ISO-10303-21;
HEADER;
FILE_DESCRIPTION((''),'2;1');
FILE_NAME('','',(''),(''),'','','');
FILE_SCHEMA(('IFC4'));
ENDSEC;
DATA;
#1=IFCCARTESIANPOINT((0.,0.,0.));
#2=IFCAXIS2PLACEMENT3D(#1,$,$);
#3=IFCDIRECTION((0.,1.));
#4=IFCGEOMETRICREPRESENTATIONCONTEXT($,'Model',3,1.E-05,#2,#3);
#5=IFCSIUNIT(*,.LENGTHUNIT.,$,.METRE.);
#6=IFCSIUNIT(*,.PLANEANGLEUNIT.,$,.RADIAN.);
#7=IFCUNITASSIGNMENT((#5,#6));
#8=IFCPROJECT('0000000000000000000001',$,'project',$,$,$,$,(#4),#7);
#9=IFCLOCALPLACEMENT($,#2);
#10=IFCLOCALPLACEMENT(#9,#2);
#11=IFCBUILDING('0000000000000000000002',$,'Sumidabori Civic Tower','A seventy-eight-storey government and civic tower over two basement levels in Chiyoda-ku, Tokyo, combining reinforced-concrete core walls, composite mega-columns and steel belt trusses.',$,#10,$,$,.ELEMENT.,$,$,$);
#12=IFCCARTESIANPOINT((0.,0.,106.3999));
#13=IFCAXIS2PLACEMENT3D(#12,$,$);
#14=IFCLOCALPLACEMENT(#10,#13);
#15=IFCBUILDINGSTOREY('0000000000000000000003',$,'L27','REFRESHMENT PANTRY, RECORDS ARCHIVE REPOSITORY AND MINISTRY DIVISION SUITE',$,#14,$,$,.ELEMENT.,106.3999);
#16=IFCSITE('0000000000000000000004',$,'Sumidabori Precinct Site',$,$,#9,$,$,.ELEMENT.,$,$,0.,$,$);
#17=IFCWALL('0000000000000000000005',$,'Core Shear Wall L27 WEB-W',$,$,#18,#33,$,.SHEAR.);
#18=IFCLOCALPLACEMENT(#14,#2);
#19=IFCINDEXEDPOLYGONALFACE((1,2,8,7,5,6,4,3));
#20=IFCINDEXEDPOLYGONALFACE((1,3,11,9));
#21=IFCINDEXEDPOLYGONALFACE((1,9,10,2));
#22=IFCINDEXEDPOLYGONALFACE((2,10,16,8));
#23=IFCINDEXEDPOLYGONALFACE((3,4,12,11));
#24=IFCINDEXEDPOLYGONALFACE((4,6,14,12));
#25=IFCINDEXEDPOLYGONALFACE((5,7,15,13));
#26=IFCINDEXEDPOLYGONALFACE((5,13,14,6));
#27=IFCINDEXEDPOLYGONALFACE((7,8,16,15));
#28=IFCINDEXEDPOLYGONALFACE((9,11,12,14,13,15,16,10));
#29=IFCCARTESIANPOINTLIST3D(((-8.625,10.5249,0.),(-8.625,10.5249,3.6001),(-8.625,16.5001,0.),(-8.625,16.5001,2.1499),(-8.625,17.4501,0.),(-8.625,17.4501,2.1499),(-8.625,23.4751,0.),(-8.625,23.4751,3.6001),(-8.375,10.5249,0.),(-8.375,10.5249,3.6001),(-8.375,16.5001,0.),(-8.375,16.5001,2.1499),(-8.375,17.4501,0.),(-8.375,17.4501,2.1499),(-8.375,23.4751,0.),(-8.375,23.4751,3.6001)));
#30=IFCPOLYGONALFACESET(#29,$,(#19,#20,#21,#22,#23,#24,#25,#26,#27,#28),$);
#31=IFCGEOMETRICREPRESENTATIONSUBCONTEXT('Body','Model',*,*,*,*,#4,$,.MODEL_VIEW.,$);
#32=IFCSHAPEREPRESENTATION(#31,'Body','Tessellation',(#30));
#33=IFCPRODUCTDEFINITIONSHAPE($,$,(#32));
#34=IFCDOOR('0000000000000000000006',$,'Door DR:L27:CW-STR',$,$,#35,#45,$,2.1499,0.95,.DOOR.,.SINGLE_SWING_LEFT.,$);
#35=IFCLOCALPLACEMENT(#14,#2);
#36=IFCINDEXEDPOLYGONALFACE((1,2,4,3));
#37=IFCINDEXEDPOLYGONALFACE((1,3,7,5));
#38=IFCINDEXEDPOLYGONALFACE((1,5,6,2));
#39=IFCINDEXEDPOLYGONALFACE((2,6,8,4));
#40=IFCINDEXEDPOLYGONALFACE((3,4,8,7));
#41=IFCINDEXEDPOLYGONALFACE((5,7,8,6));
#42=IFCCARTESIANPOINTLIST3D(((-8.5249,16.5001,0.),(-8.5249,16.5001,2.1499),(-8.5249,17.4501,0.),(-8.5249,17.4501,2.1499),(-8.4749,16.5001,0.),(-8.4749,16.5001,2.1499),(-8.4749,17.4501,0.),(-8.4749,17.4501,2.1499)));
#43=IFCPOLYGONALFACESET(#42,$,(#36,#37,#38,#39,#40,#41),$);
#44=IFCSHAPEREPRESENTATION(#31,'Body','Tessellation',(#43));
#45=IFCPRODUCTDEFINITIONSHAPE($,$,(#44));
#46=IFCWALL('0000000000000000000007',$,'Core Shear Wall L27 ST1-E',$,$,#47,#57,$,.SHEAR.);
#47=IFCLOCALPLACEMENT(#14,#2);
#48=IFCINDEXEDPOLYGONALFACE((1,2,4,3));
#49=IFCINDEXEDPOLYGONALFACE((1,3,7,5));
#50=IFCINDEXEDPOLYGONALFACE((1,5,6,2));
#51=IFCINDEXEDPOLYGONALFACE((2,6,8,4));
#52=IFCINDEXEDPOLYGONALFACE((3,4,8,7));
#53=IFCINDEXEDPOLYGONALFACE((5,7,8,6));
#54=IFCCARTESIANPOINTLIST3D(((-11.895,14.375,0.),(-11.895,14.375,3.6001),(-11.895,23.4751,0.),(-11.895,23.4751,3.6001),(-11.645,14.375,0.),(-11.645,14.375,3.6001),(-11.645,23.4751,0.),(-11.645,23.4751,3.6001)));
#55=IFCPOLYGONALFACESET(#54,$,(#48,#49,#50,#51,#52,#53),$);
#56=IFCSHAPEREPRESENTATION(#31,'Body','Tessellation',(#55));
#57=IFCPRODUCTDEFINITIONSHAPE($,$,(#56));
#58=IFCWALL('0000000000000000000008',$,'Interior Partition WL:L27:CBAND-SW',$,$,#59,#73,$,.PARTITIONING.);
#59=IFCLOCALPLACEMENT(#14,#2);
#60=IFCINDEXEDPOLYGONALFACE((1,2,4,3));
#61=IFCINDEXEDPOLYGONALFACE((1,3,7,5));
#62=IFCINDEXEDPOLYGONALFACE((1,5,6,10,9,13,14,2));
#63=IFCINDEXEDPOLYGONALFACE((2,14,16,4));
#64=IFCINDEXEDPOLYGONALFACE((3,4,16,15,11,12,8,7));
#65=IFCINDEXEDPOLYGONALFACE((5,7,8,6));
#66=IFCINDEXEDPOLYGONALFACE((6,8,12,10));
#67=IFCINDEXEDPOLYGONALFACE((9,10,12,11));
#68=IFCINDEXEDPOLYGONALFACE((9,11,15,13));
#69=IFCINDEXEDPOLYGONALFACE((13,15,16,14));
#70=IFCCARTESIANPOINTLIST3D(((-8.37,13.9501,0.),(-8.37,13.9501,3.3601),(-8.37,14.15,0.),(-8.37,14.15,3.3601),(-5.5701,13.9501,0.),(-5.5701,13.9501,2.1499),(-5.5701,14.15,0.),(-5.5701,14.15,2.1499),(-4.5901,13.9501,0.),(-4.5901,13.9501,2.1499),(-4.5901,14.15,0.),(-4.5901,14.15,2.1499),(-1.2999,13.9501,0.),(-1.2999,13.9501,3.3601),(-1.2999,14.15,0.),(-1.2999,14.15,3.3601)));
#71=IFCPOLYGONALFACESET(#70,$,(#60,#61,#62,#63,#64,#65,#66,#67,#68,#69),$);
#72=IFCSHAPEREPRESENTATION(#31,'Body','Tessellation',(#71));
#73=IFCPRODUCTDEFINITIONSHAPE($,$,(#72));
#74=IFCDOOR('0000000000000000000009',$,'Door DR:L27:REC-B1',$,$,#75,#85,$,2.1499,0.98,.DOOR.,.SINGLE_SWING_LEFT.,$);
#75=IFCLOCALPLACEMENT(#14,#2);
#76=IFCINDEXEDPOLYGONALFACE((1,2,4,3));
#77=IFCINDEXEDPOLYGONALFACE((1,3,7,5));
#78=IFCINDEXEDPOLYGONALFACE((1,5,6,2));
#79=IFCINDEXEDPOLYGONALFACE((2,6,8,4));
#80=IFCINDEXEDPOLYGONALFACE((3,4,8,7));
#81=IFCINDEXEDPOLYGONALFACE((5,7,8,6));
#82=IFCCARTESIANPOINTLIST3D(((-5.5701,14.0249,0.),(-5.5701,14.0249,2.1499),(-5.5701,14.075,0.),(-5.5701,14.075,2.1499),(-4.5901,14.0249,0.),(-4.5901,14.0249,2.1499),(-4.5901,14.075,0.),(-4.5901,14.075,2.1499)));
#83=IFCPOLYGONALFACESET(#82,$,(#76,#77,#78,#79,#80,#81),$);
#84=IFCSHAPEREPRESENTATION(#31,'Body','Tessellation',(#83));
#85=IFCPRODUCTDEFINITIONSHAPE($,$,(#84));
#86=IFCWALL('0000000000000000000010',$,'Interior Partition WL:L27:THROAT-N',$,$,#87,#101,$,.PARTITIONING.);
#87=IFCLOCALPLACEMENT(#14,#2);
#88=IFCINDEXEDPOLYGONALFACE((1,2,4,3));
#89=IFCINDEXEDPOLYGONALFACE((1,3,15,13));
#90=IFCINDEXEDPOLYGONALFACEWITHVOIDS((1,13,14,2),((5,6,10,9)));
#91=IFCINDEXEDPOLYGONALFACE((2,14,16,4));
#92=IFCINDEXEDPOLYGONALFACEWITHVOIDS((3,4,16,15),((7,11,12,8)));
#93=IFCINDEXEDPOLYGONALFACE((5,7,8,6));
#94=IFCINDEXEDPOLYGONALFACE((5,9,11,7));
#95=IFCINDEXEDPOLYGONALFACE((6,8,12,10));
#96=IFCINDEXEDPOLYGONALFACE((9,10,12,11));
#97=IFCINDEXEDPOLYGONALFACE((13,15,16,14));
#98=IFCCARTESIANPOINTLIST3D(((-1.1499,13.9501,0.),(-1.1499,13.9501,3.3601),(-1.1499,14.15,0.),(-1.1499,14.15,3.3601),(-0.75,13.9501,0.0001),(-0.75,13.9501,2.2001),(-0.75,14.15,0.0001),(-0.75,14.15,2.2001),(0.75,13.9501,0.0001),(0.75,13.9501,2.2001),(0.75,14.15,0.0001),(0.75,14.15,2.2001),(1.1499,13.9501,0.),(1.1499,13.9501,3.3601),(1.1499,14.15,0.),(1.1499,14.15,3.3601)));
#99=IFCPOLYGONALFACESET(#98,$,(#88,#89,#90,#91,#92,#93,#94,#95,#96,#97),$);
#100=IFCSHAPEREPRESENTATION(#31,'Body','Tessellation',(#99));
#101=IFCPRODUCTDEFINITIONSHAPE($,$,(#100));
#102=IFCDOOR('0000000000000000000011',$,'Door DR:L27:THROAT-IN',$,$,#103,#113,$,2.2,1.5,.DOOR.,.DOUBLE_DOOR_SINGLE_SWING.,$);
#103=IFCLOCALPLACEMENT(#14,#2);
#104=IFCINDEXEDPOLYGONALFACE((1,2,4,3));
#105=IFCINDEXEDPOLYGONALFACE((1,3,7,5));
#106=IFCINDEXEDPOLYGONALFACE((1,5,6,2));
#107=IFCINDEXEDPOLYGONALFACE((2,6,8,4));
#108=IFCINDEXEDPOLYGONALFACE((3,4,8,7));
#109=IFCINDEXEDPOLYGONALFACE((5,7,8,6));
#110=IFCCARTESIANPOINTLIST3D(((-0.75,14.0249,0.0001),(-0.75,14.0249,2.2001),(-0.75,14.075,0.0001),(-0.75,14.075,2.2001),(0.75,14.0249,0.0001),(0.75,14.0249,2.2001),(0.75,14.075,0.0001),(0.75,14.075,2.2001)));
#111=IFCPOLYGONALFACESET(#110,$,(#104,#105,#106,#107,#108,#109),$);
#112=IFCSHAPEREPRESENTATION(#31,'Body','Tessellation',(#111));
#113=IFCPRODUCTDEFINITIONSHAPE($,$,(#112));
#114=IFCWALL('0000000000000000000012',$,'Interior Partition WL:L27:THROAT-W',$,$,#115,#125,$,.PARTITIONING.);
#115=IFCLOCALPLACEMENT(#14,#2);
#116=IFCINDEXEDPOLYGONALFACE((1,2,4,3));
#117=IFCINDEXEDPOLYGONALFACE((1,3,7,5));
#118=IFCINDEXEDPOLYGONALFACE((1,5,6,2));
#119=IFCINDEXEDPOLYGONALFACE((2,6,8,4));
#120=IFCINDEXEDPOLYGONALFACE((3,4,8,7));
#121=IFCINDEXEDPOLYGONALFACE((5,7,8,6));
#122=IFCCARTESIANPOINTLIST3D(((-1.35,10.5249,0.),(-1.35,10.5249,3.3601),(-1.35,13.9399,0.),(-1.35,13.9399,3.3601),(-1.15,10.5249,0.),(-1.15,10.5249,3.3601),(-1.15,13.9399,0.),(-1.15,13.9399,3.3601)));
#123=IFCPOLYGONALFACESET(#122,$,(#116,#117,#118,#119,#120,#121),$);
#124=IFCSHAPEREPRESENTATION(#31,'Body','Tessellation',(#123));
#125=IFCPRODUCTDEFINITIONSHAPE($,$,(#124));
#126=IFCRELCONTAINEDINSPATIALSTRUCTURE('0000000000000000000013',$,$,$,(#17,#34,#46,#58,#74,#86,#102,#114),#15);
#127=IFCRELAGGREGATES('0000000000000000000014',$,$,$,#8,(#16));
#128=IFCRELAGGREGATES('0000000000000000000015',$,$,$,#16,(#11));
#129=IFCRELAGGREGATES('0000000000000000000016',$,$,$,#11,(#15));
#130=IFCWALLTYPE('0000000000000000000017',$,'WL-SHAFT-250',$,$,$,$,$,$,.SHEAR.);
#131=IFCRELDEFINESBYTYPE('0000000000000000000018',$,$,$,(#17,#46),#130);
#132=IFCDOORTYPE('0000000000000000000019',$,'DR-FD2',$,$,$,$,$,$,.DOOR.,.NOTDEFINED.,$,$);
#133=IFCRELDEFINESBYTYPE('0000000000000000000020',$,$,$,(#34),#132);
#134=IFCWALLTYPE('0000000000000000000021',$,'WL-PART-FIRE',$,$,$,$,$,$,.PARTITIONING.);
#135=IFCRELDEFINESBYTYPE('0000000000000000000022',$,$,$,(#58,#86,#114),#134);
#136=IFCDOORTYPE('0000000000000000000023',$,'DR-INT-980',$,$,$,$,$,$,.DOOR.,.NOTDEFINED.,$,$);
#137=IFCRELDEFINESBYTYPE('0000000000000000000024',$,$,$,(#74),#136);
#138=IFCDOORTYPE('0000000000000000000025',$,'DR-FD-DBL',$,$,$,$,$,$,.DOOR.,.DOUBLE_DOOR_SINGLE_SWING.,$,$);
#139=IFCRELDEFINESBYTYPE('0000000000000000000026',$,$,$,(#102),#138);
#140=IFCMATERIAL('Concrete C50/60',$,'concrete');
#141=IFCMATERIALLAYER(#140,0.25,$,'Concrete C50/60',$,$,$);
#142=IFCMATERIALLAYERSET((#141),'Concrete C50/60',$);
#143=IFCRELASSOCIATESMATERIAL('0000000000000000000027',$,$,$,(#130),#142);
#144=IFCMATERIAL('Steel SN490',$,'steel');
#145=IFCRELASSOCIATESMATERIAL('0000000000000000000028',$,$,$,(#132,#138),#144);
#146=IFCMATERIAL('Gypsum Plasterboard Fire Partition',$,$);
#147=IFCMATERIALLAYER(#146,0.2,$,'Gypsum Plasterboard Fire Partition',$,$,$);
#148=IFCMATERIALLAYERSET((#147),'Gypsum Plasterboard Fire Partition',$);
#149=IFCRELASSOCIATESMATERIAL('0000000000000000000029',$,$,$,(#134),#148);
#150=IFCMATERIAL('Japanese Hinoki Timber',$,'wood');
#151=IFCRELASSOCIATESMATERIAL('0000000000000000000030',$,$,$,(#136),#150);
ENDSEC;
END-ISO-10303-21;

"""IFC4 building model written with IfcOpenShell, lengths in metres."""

from ifc_helpers import new_model, si_unit, direction, frame, frame_2d, origin, place, context, subcontext, project, spatial, rectangle, extrude, source, transform, mapped, material, layer, layer_set, type_object, element, fill, save


model = new_model("IFC4")

# Units and contexts
model_context = context("Model", 3, precision=1e-05, world=origin(), true_north=direction((0.0, 1.0)))
body_context = subcontext(model_context, "Body", "Model", "MODEL_VIEW")
ifc_project = project(units=[si_unit("LENGTHUNIT", "METRE"), si_unit("PLANEANGLEUNIT", "RADIAN")], contexts=[model_context])

# Site, building, storey
site_placement = place(None, origin())
site = spatial("IfcSite", under=ifc_project, at=site_placement, Name="Sumidabori Precinct Site", CompositionType="ELEMENT", RefElevation=0.0)
building_placement = place(site_placement, origin())
building = spatial("IfcBuilding", under=site, at=building_placement, Name="Sumidabori Civic Tower", Description="A seventy-eight-storey government and civic tower over two basement levels in Chiyoda-ku, Tokyo, combining reinforced-concrete core walls, composite mega-columns and steel belt trusses.", CompositionType="ELEMENT")
storey_placement = place(building_placement, frame((0.0, 0.0, 106.3999)))
storey = spatial("IfcBuildingStorey", under=building, at=storey_placement, Name="L27", Description="REFRESHMENT PANTRY, RECORDS ARCHIVE REPOSITORY AND MINISTRY DIVISION SUITE", CompositionType="ELEMENT", Elevation=106.3999)

# Shared definitions
ifc_material_1 = material(Name="Concrete C50/60", Category="concrete")

# Shared definitions
ifc_material_2 = material(Name="Steel SN490", Category="steel")

# Wall, opening, door
ifc_layer_1 = layer(ifc_material_1, 0.25, Name="Concrete C50/60")
ifc_layer_set_1 = layer_set([ifc_layer_1], Name="Concrete C50/60")
wall_type_1 = type_object("IfcWallType", Name="WL-SHAFT-250", PredefinedType="SHEAR", material=ifc_layer_set_1)
shared_shape_1 = source(origin(), body_context, "Body", "SweptSolid", [
    extrude(rectangle(XDim=12.9502, YDim=0.25, at=frame_2d((6.4751, 0.0))), origin(), (0.0, 0.0, 1.0), 3.6001),
])
wall_1_placement = place(storey_placement, frame((-8.5, 10.5249, 0.0), z_axis=(0.0, 0.0, 1.0), x_axis=(0.0, 1.0, 0.0)))
wall_1 = element("IfcWall", 1, at=wall_1_placement, inside=storey, type_object=wall_type_1, Name="Core Shear Wall L27 WEB-W", PredefinedType="SHEAR", context=body_context, shape_type="MappedRepresentation", body=[
    mapped(shared_shape_1, transform((0.0, 0.0, 0.0), x_axis=(1.0, 0.0, 0.0), y_axis=(0.0, 1.0, 0.0), z_axis=(0.0, 0.0, 1.0), scale=1.0)),
])
opening_1_placement = place(wall_1_placement, frame((5.9751, 0.0, 0.0)))
opening_1 = element("IfcOpeningElement", 2, at=opening_1_placement, cuts=wall_1, PredefinedType="OPENING", context=body_context, shape_type="SweptSolid", body=[
    extrude(rectangle(XDim=0.95, YDim=2.1499, at=frame_2d((0.4751, 1.075))), frame((0.0, 0.137, 0.0), z_axis=(0.0, -1.0, 0.0), x_axis=(1.0, 0.0, 0.0)), (0.0, 0.0, 1.0), 0.2739),
])
door_type_1 = type_object("IfcDoorType", Name="DR-FD2", OperationType="NOTDEFINED", PredefinedType="DOOR", material=ifc_material_2)
shared_shape_2 = source(origin(), body_context, "Body", "SweptSolid", [
    extrude(rectangle(XDim=0.95, YDim=2.1499, at=frame_2d((0.4751, 1.075))), frame((0.0, 0.0249, 0.0), z_axis=(0.0, -1.0, 0.0), x_axis=(1.0, 0.0, 0.0)), (0.0, 0.0, 1.0), 0.05),
])
door_1_placement = place(opening_1_placement, origin())
door_1 = element("IfcDoor", 3, at=door_1_placement, inside=storey, type_object=door_type_1, Name="Door DR:L27:CW-STR", OperationType="SINGLE_SWING_LEFT", OverallHeight=2.1499, OverallWidth=0.95, PredefinedType="DOOR", context=body_context, shape_type="MappedRepresentation", body=[
    mapped(shared_shape_2, transform((0.0, 0.0, 0.0), x_axis=(1.0, 0.0, 0.0), y_axis=(0.0, 1.0, 0.0), z_axis=(0.0, 0.0, 1.0), scale=1.0)),
])
fill(opening_1, door_1)

# Wall
shared_shape_3 = source(origin(), body_context, "Body", "SweptSolid", [
    extrude(rectangle(XDim=9.1001, YDim=0.25, at=frame_2d((4.55, 0.0))), origin(), (0.0, 0.0, 1.0), 3.6001),
])
wall_2_placement = place(storey_placement, frame((-11.77, 14.375, 0.0), z_axis=(0.0, 0.0, 1.0), x_axis=(0.0, 1.0, 0.0)))
element("IfcWall", 4, at=wall_2_placement, inside=storey, type_object=wall_type_1, Name="Core Shear Wall L27 ST1-E", PredefinedType="SHEAR", context=body_context, shape_type="MappedRepresentation", body=[
    mapped(shared_shape_3, transform((0.0, 0.0, 0.0), x_axis=(1.0, 0.0, 0.0), y_axis=(0.0, 1.0, 0.0), z_axis=(0.0, 0.0, 1.0), scale=1.0)),
])

# Walls, openings, doors
ifc_material_3 = material(Name="Gypsum Plasterboard Fire Partition")
ifc_layer_2 = layer(ifc_material_3, 0.2, Name="Gypsum Plasterboard Fire Partition")
ifc_layer_set_2 = layer_set([ifc_layer_2], Name="Gypsum Plasterboard Fire Partition")
wall_type_2 = type_object("IfcWallType", Name="WL-PART-FIRE", PredefinedType="PARTITIONING", material=ifc_layer_set_2)
shared_shape_4 = source(origin(), body_context, "Body", "SweptSolid", [
    extrude(rectangle(XDim=7.0701, YDim=0.2, at=frame_2d((3.5352, 0.0))), origin(), (0.0, 0.0, 1.0), 3.3601),
])
wall_3_placement = place(storey_placement, frame((-8.3701, 14.05, 0.0), z_axis=(0.0, 0.0, 1.0), x_axis=(1.0, 0.0, 0.0)))
wall_3 = element("IfcWall", 5, at=wall_3_placement, inside=storey, type_object=wall_type_2, Name="Interior Partition WL:L27:CBAND-SW", PredefinedType="PARTITIONING", context=body_context, shape_type="MappedRepresentation", body=[
    mapped(shared_shape_4, transform((0.0, 0.0, 0.0), x_axis=(1.0, 0.0, 0.0), y_axis=(0.0, 1.0, 0.0), z_axis=(0.0, 0.0, 1.0), scale=1.0)),
])
opening_2_placement = place(wall_3_placement, frame((2.8, 0.0, 0.0)))
opening_2 = element("IfcOpeningElement", 6, at=opening_2_placement, cuts=wall_3, PredefinedType="OPENING", context=body_context, shape_type="SweptSolid", body=[
    extrude(rectangle(XDim=0.98, YDim=2.1499, at=frame_2d((0.49, 1.075))), frame((0.0, 0.1118, 0.0), z_axis=(0.0, -1.0, 0.0), x_axis=(1.0, 0.0, 0.0)), (0.0, 0.0, 1.0), 0.2239),
])
ifc_material_4 = material(Name="Japanese Hinoki Timber", Category="wood")
door_type_2 = type_object("IfcDoorType", Name="DR-INT-980", OperationType="NOTDEFINED", PredefinedType="DOOR", material=ifc_material_4)
shared_shape_5 = source(origin(), body_context, "Body", "SweptSolid", [
    extrude(rectangle(XDim=0.98, YDim=2.1499, at=frame_2d((0.49, 1.075))), frame((0.0, 0.0249, 0.0), z_axis=(0.0, -1.0, 0.0), x_axis=(1.0, 0.0, 0.0)), (0.0, 0.0, 1.0), 0.05),
])
door_2_placement = place(opening_2_placement, origin())
door_2 = element("IfcDoor", 7, at=door_2_placement, inside=storey, type_object=door_type_2, Name="Door DR:L27:REC-B1", OperationType="SINGLE_SWING_LEFT", OverallHeight=2.1499, OverallWidth=0.98, PredefinedType="DOOR", context=body_context, shape_type="MappedRepresentation", body=[
    mapped(shared_shape_5, transform((0.0, 0.0, 0.0), x_axis=(1.0, 0.0, 0.0), y_axis=(0.0, 1.0, 0.0), z_axis=(0.0, 0.0, 1.0), scale=1.0)),
])
fill(opening_2, door_2)
shared_shape_6 = source(origin(), body_context, "Body", "SweptSolid", [
    extrude(rectangle(XDim=2.2998, YDim=0.2, at=frame_2d((1.1499, 0.0))), origin(), (0.0, 0.0, 1.0), 3.3601),
])
wall_4_placement = place(storey_placement, frame((-1.1499, 14.05, 0.0), z_axis=(0.0, 0.0, 1.0), x_axis=(1.0, 0.0, 0.0)))
wall_4 = element("IfcWall", 8, at=wall_4_placement, inside=storey, type_object=wall_type_2, Name="Interior Partition WL:L27:THROAT-N", PredefinedType="PARTITIONING", context=body_context, shape_type="MappedRepresentation", body=[
    mapped(shared_shape_6, transform((0.0, 0.0, 0.0), x_axis=(1.0, 0.0, 0.0), y_axis=(0.0, 1.0, 0.0), z_axis=(0.0, 0.0, 1.0), scale=1.0)),
])
opening_3_placement = place(wall_4_placement, frame((0.3999, 0.0, 0.0)))
opening_3 = element("IfcOpeningElement", 9, at=opening_3_placement, cuts=wall_4, PredefinedType="OPENING", context=body_context, shape_type="SweptSolid", body=[
    extrude(rectangle(XDim=1.5, YDim=2.2, at=frame_2d((0.75, 1.1001))), frame((0.0, 0.1118, 0.0), z_axis=(0.0, -1.0, 0.0), x_axis=(1.0, 0.0, 0.0)), (0.0, 0.0, 1.0), 0.2239),
])
door_type_3 = type_object("IfcDoorType", Name="DR-FD-DBL", OperationType="DOUBLE_DOOR_SINGLE_SWING", PredefinedType="DOOR", material=ifc_material_2)
shared_shape_7 = source(origin(), body_context, "Body", "SweptSolid", [
    extrude(rectangle(XDim=1.5, YDim=2.2, at=frame_2d((0.75, 1.1001))), frame((0.0, 0.0249, 0.0), z_axis=(0.0, -1.0, 0.0), x_axis=(1.0, 0.0, 0.0)), (0.0, 0.0, 1.0), 0.05),
])
door_3_placement = place(opening_3_placement, origin())
door_3 = element("IfcDoor", 10, at=door_3_placement, inside=storey, type_object=door_type_3, Name="Door DR:L27:THROAT-IN", OperationType="DOUBLE_DOOR_SINGLE_SWING", OverallHeight=2.2, OverallWidth=1.5, PredefinedType="DOOR", context=body_context, shape_type="MappedRepresentation", body=[
    mapped(shared_shape_7, transform((0.0, 0.0, 0.0), x_axis=(1.0, 0.0, 0.0), y_axis=(0.0, 1.0, 0.0), z_axis=(0.0, 0.0, 1.0), scale=1.0)),
])
fill(opening_3, door_3)

# Wall
shared_shape_8 = source(origin(), body_context, "Body", "SweptSolid", [
    extrude(rectangle(XDim=3.415, YDim=0.2, at=frame_2d((1.7075, 0.0))), origin(), (0.0, 0.0, 1.0), 3.3601),
])
wall_5_placement = place(storey_placement, frame((-1.25, 10.5249, 0.0), z_axis=(0.0, 0.0, 1.0), x_axis=(0.0, 1.0, 0.0)))
element("IfcWall", 11, at=wall_5_placement, inside=storey, type_object=wall_type_2, Name="Interior Partition WL:L27:THROAT-W", PredefinedType="PARTITIONING", context=body_context, shape_type="MappedRepresentation", body=[
    mapped(shared_shape_8, transform((0.0, 0.0, 0.0), x_axis=(1.0, 0.0, 0.0), y_axis=(0.0, 1.0, 0.0), z_axis=(0.0, 0.0, 1.0), scale=1.0)),
])

save(model, "model.ifc")
